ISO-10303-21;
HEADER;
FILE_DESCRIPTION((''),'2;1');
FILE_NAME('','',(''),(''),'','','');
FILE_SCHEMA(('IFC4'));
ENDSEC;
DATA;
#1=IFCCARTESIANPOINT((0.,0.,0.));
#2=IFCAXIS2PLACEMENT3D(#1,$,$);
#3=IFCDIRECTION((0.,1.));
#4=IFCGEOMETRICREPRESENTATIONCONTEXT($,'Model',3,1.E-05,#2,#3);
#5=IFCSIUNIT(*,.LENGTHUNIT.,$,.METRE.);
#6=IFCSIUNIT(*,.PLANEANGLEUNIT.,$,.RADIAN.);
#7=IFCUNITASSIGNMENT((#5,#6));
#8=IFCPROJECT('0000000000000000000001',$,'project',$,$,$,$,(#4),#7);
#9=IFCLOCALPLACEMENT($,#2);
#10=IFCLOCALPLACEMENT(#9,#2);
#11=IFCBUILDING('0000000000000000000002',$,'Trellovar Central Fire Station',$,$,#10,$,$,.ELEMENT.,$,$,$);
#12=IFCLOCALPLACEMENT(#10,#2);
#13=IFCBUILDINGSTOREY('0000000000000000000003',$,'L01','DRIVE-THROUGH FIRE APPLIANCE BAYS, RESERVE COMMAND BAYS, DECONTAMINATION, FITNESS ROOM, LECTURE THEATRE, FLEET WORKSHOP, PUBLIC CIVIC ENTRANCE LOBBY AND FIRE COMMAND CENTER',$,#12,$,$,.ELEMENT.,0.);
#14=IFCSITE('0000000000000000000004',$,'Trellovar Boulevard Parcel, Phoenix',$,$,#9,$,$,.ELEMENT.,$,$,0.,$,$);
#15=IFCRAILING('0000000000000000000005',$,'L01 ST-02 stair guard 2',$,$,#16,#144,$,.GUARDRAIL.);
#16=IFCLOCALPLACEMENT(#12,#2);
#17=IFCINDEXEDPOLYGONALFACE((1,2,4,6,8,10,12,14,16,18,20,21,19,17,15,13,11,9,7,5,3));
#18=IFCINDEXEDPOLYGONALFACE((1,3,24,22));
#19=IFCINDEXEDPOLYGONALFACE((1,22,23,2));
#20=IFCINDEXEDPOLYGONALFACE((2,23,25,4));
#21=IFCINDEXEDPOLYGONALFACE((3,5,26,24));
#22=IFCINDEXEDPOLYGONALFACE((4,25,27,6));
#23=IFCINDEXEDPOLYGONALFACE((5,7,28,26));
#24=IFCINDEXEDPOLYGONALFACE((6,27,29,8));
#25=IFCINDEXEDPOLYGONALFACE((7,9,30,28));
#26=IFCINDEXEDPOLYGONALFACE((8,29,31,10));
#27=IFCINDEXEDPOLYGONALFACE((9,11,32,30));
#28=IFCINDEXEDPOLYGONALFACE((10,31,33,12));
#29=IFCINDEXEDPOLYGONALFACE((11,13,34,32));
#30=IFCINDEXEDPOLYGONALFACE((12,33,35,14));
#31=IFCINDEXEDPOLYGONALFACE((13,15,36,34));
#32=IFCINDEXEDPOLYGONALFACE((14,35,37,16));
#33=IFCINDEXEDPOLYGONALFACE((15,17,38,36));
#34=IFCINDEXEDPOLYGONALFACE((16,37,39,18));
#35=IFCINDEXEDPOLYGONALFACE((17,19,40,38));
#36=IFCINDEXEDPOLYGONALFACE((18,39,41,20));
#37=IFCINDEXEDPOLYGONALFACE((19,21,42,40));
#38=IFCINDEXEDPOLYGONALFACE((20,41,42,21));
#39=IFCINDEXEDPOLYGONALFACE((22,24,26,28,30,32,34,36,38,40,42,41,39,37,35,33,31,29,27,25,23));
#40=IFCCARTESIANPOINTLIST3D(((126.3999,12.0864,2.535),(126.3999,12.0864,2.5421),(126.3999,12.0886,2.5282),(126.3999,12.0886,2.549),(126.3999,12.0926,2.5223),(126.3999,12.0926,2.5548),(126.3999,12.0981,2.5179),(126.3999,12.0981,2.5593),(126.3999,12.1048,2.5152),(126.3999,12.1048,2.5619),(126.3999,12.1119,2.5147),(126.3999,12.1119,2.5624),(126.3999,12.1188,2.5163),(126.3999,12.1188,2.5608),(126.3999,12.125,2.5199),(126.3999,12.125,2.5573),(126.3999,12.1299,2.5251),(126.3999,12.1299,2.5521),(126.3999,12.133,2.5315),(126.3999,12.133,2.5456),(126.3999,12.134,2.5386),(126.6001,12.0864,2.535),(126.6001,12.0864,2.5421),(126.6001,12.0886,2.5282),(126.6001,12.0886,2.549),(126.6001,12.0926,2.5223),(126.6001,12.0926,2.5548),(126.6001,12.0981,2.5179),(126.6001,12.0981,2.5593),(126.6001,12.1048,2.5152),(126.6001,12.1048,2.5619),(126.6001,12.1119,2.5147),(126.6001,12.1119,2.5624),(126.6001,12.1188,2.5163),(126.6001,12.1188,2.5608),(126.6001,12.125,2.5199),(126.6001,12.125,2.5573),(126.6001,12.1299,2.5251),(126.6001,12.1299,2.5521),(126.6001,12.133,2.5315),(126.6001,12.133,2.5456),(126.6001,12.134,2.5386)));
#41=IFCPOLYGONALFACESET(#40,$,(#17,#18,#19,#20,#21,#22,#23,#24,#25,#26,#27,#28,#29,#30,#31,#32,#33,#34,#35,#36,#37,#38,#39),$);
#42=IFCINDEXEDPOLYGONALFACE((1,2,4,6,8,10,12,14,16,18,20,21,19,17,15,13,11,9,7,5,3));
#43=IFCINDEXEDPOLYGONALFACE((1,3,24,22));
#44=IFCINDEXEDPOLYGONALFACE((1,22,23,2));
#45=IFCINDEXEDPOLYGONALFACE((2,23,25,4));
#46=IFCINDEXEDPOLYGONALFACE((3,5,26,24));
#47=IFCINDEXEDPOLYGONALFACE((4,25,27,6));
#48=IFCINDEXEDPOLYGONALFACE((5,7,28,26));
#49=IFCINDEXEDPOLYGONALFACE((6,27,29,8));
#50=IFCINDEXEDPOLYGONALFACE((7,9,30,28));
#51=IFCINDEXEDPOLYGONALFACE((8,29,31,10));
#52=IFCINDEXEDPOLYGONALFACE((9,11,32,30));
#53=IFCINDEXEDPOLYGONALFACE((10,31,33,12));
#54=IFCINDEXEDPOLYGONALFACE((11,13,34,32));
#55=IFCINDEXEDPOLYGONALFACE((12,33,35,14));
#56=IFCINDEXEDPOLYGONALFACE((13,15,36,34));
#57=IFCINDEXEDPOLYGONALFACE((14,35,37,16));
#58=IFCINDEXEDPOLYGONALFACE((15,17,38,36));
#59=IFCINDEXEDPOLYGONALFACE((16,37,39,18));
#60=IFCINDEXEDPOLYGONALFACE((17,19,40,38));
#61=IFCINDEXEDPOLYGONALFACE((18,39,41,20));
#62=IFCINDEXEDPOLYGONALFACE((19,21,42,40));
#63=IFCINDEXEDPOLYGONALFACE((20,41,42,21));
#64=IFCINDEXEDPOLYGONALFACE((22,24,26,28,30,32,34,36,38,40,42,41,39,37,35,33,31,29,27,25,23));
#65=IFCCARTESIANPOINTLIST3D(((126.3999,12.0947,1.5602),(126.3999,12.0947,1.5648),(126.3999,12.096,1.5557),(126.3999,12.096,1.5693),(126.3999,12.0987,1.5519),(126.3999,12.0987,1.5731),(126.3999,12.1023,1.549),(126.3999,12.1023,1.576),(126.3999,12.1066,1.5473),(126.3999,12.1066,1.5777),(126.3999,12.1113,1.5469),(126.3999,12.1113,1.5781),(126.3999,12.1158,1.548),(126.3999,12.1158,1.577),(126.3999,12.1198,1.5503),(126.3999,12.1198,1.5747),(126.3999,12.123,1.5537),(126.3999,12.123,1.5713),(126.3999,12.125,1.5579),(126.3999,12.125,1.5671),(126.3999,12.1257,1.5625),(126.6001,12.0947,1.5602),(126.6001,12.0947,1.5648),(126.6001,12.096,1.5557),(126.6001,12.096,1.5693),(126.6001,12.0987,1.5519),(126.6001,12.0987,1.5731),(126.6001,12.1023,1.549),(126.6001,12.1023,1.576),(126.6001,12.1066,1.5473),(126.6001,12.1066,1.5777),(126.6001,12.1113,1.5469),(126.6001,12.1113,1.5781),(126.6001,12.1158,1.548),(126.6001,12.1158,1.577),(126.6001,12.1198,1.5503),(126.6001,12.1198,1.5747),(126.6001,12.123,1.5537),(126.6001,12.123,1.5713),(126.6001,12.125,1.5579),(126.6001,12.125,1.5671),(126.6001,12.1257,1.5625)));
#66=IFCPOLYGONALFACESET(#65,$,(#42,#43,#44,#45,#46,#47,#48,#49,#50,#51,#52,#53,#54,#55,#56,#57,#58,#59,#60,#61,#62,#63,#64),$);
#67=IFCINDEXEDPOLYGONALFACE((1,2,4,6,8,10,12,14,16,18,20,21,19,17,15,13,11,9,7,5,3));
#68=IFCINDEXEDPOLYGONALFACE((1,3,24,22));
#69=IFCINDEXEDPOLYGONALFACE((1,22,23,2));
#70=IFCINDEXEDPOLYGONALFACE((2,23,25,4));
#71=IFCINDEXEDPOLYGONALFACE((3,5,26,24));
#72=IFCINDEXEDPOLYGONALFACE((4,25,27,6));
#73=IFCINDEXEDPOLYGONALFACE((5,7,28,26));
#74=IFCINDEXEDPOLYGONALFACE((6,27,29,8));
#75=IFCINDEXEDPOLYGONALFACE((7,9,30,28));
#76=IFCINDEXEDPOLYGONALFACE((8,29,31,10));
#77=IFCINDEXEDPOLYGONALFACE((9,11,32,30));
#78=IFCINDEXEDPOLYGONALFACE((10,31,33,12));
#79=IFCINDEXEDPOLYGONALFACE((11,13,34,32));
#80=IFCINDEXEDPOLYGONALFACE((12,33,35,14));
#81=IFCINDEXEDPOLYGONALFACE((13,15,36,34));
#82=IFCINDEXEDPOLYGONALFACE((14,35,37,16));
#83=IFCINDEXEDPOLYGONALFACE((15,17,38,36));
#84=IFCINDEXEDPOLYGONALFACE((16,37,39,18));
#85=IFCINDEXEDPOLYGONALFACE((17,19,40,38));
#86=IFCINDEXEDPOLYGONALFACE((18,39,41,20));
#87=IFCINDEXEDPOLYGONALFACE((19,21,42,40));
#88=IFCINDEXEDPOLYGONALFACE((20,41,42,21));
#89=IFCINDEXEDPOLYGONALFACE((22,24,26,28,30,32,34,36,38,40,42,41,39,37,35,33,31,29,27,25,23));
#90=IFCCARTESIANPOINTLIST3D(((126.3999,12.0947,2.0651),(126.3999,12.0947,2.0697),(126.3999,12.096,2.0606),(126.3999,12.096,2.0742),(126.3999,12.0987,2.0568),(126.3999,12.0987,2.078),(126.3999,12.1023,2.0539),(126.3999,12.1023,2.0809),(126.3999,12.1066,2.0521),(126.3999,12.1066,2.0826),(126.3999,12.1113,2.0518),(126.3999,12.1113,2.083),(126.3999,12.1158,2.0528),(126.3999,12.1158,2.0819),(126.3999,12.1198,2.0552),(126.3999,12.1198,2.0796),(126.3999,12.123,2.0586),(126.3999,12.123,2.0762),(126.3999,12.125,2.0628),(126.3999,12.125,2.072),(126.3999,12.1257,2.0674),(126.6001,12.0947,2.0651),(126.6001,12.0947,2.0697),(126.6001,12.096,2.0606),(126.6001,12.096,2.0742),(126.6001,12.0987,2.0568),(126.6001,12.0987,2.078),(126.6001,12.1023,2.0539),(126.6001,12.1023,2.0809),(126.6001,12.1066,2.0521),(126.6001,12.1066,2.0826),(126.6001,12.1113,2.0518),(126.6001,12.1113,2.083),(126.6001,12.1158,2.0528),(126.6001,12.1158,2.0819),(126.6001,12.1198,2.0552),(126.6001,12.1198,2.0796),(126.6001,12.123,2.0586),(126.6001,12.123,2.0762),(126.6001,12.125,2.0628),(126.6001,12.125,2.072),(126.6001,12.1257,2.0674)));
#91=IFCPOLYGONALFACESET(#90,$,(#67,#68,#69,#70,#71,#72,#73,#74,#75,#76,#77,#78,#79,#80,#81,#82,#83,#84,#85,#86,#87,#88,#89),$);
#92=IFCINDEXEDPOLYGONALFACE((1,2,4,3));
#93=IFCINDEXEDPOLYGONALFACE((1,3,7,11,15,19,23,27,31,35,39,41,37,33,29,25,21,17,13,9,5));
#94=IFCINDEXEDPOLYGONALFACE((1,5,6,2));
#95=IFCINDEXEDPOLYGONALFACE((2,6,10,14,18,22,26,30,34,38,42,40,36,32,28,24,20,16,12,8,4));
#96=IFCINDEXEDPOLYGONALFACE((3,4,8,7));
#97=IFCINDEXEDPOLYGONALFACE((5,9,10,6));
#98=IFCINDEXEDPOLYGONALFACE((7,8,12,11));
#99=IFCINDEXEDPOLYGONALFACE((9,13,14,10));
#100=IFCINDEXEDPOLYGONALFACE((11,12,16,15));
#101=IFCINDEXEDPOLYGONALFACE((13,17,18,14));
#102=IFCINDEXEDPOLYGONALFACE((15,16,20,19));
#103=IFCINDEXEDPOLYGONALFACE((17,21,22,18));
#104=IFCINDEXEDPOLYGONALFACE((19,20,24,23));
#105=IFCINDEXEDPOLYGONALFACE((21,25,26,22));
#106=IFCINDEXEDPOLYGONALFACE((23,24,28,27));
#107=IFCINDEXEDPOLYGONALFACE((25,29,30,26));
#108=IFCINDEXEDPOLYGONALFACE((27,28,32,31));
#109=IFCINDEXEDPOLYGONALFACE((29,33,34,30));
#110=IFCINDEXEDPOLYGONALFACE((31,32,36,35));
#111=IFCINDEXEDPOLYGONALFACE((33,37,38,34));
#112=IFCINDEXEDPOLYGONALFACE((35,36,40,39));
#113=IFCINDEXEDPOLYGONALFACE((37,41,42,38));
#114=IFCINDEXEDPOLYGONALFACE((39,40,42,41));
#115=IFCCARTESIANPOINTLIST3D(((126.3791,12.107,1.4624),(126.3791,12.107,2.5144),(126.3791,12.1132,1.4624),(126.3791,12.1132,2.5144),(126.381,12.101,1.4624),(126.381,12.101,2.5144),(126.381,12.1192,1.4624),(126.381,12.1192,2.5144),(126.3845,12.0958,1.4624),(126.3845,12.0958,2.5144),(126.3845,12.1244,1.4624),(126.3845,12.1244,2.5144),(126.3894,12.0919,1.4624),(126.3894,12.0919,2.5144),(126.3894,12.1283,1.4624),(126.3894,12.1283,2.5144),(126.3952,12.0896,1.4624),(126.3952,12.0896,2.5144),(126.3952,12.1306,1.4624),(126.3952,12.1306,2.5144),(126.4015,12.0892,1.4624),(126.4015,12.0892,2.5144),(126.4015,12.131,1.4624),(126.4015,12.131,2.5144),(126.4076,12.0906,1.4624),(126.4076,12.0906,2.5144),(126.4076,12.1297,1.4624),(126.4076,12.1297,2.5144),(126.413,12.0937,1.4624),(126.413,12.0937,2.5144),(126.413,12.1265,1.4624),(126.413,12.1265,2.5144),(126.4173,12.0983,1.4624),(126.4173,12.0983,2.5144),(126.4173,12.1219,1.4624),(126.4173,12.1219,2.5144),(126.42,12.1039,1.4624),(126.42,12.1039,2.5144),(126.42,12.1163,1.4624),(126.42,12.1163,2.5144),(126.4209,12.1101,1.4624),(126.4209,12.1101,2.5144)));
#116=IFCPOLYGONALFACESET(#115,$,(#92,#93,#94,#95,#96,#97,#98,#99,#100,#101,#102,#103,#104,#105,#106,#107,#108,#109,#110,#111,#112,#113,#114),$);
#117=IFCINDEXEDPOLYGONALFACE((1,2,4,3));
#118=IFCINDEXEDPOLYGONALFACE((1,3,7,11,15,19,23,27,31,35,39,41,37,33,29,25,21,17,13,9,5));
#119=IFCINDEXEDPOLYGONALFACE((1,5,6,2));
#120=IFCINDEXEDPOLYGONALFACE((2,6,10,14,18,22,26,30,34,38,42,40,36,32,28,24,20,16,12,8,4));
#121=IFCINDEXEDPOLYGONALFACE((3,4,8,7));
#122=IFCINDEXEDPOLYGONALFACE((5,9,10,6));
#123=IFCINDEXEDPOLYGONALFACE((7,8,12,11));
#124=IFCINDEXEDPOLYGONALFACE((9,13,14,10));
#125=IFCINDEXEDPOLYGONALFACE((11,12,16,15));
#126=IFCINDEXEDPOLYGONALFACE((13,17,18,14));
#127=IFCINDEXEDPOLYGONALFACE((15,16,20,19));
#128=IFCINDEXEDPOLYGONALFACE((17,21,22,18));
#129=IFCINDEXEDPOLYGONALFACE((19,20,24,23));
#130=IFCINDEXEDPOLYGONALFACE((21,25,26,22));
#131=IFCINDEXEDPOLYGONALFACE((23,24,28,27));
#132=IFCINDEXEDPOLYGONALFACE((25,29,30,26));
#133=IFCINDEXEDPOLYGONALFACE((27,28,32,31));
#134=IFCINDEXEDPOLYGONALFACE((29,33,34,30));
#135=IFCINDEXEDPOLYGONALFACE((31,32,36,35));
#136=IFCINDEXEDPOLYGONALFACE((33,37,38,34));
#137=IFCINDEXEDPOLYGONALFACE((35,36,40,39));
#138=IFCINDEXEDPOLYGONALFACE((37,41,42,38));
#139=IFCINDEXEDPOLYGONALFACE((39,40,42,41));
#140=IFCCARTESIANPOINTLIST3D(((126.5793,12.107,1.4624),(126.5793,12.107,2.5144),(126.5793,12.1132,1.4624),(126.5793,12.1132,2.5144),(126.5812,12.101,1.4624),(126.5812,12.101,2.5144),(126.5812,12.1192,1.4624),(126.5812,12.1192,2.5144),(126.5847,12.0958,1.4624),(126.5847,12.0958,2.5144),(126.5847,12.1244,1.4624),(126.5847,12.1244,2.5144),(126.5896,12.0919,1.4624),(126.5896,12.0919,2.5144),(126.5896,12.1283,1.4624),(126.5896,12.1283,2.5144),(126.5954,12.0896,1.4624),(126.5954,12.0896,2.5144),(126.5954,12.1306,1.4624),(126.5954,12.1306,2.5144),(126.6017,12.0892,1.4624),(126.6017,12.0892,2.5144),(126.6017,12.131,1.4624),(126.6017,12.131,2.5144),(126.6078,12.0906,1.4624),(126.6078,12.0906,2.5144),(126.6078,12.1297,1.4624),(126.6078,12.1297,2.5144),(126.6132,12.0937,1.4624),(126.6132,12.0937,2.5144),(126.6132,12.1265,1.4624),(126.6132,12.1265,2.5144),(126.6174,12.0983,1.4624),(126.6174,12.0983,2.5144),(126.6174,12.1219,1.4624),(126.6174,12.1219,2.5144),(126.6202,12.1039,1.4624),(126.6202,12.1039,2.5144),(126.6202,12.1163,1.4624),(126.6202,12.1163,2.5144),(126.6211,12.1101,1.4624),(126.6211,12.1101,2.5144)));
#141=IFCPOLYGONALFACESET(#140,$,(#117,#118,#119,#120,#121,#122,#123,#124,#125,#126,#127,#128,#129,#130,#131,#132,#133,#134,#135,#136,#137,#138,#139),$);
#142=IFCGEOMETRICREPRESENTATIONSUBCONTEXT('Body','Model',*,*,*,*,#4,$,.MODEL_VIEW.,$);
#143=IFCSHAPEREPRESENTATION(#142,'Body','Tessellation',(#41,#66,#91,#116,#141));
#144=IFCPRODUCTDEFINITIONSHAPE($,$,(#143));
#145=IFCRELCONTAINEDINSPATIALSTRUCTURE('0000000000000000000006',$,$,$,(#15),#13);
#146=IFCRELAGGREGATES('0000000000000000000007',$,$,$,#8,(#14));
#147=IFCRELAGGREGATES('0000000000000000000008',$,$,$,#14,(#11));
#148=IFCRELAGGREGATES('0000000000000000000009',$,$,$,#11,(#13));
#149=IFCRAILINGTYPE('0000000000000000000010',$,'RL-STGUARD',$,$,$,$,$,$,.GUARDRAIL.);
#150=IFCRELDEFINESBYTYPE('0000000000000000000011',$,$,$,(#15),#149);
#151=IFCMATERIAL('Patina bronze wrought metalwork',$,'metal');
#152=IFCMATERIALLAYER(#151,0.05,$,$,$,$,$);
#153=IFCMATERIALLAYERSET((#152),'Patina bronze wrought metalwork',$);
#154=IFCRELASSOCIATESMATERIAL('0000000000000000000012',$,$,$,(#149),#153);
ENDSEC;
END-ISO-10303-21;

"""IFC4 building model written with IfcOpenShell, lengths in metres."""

from ifc_helpers import new_model, si_unit, direction, frame, origin, origin_2d, place, context, subcontext, project, spatial, circle, extrude, material, layer, layer_set, type_object, element, save


model = new_model("IFC4")

# Units and contexts
model_context = context("Model", 3, precision=1e-05, world=origin(), true_north=direction((0.0, 1.0)))
body_context = subcontext(model_context, "Body", "Model", "MODEL_VIEW")
ifc_project = project(units=[si_unit("LENGTHUNIT", "METRE"), si_unit("PLANEANGLEUNIT", "RADIAN")], contexts=[model_context])

# Site, building, storey
site_placement = place(None, origin())
site = spatial("IfcSite", under=ifc_project, at=site_placement, Name="Trellovar Boulevard Parcel, Phoenix", CompositionType="ELEMENT", RefElevation=0.0)
building_placement = place(site_placement, origin())
building = spatial("IfcBuilding", under=site, at=building_placement, Name="Trellovar Central Fire Station", CompositionType="ELEMENT")
storey_placement = place(building_placement, origin())
storey = spatial("IfcBuildingStorey", under=building, at=storey_placement, Name="L01", Description="DRIVE-THROUGH FIRE APPLIANCE BAYS, RESERVE COMMAND BAYS, DECONTAMINATION, FITNESS ROOM, LECTURE THEATRE, FLEET WORKSHOP, PUBLIC CIVIC ENTRANCE LOBBY AND FIRE COMMAND CENTER", CompositionType="ELEMENT", Elevation=0.0)

# Railing
ifc_material_1 = material(Name="Patina bronze wrought metalwork", Category="metal")
ifc_layer_1 = layer(ifc_material_1, 0.05)
ifc_layer_set_1 = layer_set([ifc_layer_1], Name="Patina bronze wrought metalwork")
railing_type = type_object("IfcRailingType", Name="RL-STGUARD", PredefinedType="GUARDRAIL", material=ifc_layer_set_1)
railing_placement = place(storey_placement, frame((126.3999, 12.1101, 1.4624)))
element("IfcRailing", 1, at=railing_placement, inside=storey, type_object=railing_type, Name="L01 ST-02 stair guard 2", PredefinedType="GUARDRAIL", context=body_context, shape_type="SweptSolid", body=[
    extrude(circle(Radius=0.0239, at=origin_2d()), frame((0.0, 0.0, 1.0762), z_axis=(1.0, 0.0, 0.0), x_axis=(0.0, 1.0, 0.0)), (0.0, 0.0, 1.0), 0.2002),
    extrude(circle(Radius=0.0156, at=origin_2d()), frame((0.0, 0.0, 0.1001), z_axis=(1.0, 0.0, 0.0), x_axis=(0.0, 1.0, 0.0)), (0.0, 0.0, 1.0), 0.2002),
    extrude(circle(Radius=0.0156, at=origin_2d()), frame((0.0, 0.0, 0.605), z_axis=(1.0, 0.0, 0.0), x_axis=(0.0, 1.0, 0.0)), (0.0, 0.0, 1.0), 0.2002),
    extrude(circle(Radius=0.021, at=origin_2d()), origin(), (0.0, 0.0, 1.0), 1.052),
    extrude(circle(Radius=0.021, at=origin_2d()), frame((0.2002, 0.0, 0.0)), (0.0, 0.0, 1.0), 1.052),
])

save(model, "model.ifc")
